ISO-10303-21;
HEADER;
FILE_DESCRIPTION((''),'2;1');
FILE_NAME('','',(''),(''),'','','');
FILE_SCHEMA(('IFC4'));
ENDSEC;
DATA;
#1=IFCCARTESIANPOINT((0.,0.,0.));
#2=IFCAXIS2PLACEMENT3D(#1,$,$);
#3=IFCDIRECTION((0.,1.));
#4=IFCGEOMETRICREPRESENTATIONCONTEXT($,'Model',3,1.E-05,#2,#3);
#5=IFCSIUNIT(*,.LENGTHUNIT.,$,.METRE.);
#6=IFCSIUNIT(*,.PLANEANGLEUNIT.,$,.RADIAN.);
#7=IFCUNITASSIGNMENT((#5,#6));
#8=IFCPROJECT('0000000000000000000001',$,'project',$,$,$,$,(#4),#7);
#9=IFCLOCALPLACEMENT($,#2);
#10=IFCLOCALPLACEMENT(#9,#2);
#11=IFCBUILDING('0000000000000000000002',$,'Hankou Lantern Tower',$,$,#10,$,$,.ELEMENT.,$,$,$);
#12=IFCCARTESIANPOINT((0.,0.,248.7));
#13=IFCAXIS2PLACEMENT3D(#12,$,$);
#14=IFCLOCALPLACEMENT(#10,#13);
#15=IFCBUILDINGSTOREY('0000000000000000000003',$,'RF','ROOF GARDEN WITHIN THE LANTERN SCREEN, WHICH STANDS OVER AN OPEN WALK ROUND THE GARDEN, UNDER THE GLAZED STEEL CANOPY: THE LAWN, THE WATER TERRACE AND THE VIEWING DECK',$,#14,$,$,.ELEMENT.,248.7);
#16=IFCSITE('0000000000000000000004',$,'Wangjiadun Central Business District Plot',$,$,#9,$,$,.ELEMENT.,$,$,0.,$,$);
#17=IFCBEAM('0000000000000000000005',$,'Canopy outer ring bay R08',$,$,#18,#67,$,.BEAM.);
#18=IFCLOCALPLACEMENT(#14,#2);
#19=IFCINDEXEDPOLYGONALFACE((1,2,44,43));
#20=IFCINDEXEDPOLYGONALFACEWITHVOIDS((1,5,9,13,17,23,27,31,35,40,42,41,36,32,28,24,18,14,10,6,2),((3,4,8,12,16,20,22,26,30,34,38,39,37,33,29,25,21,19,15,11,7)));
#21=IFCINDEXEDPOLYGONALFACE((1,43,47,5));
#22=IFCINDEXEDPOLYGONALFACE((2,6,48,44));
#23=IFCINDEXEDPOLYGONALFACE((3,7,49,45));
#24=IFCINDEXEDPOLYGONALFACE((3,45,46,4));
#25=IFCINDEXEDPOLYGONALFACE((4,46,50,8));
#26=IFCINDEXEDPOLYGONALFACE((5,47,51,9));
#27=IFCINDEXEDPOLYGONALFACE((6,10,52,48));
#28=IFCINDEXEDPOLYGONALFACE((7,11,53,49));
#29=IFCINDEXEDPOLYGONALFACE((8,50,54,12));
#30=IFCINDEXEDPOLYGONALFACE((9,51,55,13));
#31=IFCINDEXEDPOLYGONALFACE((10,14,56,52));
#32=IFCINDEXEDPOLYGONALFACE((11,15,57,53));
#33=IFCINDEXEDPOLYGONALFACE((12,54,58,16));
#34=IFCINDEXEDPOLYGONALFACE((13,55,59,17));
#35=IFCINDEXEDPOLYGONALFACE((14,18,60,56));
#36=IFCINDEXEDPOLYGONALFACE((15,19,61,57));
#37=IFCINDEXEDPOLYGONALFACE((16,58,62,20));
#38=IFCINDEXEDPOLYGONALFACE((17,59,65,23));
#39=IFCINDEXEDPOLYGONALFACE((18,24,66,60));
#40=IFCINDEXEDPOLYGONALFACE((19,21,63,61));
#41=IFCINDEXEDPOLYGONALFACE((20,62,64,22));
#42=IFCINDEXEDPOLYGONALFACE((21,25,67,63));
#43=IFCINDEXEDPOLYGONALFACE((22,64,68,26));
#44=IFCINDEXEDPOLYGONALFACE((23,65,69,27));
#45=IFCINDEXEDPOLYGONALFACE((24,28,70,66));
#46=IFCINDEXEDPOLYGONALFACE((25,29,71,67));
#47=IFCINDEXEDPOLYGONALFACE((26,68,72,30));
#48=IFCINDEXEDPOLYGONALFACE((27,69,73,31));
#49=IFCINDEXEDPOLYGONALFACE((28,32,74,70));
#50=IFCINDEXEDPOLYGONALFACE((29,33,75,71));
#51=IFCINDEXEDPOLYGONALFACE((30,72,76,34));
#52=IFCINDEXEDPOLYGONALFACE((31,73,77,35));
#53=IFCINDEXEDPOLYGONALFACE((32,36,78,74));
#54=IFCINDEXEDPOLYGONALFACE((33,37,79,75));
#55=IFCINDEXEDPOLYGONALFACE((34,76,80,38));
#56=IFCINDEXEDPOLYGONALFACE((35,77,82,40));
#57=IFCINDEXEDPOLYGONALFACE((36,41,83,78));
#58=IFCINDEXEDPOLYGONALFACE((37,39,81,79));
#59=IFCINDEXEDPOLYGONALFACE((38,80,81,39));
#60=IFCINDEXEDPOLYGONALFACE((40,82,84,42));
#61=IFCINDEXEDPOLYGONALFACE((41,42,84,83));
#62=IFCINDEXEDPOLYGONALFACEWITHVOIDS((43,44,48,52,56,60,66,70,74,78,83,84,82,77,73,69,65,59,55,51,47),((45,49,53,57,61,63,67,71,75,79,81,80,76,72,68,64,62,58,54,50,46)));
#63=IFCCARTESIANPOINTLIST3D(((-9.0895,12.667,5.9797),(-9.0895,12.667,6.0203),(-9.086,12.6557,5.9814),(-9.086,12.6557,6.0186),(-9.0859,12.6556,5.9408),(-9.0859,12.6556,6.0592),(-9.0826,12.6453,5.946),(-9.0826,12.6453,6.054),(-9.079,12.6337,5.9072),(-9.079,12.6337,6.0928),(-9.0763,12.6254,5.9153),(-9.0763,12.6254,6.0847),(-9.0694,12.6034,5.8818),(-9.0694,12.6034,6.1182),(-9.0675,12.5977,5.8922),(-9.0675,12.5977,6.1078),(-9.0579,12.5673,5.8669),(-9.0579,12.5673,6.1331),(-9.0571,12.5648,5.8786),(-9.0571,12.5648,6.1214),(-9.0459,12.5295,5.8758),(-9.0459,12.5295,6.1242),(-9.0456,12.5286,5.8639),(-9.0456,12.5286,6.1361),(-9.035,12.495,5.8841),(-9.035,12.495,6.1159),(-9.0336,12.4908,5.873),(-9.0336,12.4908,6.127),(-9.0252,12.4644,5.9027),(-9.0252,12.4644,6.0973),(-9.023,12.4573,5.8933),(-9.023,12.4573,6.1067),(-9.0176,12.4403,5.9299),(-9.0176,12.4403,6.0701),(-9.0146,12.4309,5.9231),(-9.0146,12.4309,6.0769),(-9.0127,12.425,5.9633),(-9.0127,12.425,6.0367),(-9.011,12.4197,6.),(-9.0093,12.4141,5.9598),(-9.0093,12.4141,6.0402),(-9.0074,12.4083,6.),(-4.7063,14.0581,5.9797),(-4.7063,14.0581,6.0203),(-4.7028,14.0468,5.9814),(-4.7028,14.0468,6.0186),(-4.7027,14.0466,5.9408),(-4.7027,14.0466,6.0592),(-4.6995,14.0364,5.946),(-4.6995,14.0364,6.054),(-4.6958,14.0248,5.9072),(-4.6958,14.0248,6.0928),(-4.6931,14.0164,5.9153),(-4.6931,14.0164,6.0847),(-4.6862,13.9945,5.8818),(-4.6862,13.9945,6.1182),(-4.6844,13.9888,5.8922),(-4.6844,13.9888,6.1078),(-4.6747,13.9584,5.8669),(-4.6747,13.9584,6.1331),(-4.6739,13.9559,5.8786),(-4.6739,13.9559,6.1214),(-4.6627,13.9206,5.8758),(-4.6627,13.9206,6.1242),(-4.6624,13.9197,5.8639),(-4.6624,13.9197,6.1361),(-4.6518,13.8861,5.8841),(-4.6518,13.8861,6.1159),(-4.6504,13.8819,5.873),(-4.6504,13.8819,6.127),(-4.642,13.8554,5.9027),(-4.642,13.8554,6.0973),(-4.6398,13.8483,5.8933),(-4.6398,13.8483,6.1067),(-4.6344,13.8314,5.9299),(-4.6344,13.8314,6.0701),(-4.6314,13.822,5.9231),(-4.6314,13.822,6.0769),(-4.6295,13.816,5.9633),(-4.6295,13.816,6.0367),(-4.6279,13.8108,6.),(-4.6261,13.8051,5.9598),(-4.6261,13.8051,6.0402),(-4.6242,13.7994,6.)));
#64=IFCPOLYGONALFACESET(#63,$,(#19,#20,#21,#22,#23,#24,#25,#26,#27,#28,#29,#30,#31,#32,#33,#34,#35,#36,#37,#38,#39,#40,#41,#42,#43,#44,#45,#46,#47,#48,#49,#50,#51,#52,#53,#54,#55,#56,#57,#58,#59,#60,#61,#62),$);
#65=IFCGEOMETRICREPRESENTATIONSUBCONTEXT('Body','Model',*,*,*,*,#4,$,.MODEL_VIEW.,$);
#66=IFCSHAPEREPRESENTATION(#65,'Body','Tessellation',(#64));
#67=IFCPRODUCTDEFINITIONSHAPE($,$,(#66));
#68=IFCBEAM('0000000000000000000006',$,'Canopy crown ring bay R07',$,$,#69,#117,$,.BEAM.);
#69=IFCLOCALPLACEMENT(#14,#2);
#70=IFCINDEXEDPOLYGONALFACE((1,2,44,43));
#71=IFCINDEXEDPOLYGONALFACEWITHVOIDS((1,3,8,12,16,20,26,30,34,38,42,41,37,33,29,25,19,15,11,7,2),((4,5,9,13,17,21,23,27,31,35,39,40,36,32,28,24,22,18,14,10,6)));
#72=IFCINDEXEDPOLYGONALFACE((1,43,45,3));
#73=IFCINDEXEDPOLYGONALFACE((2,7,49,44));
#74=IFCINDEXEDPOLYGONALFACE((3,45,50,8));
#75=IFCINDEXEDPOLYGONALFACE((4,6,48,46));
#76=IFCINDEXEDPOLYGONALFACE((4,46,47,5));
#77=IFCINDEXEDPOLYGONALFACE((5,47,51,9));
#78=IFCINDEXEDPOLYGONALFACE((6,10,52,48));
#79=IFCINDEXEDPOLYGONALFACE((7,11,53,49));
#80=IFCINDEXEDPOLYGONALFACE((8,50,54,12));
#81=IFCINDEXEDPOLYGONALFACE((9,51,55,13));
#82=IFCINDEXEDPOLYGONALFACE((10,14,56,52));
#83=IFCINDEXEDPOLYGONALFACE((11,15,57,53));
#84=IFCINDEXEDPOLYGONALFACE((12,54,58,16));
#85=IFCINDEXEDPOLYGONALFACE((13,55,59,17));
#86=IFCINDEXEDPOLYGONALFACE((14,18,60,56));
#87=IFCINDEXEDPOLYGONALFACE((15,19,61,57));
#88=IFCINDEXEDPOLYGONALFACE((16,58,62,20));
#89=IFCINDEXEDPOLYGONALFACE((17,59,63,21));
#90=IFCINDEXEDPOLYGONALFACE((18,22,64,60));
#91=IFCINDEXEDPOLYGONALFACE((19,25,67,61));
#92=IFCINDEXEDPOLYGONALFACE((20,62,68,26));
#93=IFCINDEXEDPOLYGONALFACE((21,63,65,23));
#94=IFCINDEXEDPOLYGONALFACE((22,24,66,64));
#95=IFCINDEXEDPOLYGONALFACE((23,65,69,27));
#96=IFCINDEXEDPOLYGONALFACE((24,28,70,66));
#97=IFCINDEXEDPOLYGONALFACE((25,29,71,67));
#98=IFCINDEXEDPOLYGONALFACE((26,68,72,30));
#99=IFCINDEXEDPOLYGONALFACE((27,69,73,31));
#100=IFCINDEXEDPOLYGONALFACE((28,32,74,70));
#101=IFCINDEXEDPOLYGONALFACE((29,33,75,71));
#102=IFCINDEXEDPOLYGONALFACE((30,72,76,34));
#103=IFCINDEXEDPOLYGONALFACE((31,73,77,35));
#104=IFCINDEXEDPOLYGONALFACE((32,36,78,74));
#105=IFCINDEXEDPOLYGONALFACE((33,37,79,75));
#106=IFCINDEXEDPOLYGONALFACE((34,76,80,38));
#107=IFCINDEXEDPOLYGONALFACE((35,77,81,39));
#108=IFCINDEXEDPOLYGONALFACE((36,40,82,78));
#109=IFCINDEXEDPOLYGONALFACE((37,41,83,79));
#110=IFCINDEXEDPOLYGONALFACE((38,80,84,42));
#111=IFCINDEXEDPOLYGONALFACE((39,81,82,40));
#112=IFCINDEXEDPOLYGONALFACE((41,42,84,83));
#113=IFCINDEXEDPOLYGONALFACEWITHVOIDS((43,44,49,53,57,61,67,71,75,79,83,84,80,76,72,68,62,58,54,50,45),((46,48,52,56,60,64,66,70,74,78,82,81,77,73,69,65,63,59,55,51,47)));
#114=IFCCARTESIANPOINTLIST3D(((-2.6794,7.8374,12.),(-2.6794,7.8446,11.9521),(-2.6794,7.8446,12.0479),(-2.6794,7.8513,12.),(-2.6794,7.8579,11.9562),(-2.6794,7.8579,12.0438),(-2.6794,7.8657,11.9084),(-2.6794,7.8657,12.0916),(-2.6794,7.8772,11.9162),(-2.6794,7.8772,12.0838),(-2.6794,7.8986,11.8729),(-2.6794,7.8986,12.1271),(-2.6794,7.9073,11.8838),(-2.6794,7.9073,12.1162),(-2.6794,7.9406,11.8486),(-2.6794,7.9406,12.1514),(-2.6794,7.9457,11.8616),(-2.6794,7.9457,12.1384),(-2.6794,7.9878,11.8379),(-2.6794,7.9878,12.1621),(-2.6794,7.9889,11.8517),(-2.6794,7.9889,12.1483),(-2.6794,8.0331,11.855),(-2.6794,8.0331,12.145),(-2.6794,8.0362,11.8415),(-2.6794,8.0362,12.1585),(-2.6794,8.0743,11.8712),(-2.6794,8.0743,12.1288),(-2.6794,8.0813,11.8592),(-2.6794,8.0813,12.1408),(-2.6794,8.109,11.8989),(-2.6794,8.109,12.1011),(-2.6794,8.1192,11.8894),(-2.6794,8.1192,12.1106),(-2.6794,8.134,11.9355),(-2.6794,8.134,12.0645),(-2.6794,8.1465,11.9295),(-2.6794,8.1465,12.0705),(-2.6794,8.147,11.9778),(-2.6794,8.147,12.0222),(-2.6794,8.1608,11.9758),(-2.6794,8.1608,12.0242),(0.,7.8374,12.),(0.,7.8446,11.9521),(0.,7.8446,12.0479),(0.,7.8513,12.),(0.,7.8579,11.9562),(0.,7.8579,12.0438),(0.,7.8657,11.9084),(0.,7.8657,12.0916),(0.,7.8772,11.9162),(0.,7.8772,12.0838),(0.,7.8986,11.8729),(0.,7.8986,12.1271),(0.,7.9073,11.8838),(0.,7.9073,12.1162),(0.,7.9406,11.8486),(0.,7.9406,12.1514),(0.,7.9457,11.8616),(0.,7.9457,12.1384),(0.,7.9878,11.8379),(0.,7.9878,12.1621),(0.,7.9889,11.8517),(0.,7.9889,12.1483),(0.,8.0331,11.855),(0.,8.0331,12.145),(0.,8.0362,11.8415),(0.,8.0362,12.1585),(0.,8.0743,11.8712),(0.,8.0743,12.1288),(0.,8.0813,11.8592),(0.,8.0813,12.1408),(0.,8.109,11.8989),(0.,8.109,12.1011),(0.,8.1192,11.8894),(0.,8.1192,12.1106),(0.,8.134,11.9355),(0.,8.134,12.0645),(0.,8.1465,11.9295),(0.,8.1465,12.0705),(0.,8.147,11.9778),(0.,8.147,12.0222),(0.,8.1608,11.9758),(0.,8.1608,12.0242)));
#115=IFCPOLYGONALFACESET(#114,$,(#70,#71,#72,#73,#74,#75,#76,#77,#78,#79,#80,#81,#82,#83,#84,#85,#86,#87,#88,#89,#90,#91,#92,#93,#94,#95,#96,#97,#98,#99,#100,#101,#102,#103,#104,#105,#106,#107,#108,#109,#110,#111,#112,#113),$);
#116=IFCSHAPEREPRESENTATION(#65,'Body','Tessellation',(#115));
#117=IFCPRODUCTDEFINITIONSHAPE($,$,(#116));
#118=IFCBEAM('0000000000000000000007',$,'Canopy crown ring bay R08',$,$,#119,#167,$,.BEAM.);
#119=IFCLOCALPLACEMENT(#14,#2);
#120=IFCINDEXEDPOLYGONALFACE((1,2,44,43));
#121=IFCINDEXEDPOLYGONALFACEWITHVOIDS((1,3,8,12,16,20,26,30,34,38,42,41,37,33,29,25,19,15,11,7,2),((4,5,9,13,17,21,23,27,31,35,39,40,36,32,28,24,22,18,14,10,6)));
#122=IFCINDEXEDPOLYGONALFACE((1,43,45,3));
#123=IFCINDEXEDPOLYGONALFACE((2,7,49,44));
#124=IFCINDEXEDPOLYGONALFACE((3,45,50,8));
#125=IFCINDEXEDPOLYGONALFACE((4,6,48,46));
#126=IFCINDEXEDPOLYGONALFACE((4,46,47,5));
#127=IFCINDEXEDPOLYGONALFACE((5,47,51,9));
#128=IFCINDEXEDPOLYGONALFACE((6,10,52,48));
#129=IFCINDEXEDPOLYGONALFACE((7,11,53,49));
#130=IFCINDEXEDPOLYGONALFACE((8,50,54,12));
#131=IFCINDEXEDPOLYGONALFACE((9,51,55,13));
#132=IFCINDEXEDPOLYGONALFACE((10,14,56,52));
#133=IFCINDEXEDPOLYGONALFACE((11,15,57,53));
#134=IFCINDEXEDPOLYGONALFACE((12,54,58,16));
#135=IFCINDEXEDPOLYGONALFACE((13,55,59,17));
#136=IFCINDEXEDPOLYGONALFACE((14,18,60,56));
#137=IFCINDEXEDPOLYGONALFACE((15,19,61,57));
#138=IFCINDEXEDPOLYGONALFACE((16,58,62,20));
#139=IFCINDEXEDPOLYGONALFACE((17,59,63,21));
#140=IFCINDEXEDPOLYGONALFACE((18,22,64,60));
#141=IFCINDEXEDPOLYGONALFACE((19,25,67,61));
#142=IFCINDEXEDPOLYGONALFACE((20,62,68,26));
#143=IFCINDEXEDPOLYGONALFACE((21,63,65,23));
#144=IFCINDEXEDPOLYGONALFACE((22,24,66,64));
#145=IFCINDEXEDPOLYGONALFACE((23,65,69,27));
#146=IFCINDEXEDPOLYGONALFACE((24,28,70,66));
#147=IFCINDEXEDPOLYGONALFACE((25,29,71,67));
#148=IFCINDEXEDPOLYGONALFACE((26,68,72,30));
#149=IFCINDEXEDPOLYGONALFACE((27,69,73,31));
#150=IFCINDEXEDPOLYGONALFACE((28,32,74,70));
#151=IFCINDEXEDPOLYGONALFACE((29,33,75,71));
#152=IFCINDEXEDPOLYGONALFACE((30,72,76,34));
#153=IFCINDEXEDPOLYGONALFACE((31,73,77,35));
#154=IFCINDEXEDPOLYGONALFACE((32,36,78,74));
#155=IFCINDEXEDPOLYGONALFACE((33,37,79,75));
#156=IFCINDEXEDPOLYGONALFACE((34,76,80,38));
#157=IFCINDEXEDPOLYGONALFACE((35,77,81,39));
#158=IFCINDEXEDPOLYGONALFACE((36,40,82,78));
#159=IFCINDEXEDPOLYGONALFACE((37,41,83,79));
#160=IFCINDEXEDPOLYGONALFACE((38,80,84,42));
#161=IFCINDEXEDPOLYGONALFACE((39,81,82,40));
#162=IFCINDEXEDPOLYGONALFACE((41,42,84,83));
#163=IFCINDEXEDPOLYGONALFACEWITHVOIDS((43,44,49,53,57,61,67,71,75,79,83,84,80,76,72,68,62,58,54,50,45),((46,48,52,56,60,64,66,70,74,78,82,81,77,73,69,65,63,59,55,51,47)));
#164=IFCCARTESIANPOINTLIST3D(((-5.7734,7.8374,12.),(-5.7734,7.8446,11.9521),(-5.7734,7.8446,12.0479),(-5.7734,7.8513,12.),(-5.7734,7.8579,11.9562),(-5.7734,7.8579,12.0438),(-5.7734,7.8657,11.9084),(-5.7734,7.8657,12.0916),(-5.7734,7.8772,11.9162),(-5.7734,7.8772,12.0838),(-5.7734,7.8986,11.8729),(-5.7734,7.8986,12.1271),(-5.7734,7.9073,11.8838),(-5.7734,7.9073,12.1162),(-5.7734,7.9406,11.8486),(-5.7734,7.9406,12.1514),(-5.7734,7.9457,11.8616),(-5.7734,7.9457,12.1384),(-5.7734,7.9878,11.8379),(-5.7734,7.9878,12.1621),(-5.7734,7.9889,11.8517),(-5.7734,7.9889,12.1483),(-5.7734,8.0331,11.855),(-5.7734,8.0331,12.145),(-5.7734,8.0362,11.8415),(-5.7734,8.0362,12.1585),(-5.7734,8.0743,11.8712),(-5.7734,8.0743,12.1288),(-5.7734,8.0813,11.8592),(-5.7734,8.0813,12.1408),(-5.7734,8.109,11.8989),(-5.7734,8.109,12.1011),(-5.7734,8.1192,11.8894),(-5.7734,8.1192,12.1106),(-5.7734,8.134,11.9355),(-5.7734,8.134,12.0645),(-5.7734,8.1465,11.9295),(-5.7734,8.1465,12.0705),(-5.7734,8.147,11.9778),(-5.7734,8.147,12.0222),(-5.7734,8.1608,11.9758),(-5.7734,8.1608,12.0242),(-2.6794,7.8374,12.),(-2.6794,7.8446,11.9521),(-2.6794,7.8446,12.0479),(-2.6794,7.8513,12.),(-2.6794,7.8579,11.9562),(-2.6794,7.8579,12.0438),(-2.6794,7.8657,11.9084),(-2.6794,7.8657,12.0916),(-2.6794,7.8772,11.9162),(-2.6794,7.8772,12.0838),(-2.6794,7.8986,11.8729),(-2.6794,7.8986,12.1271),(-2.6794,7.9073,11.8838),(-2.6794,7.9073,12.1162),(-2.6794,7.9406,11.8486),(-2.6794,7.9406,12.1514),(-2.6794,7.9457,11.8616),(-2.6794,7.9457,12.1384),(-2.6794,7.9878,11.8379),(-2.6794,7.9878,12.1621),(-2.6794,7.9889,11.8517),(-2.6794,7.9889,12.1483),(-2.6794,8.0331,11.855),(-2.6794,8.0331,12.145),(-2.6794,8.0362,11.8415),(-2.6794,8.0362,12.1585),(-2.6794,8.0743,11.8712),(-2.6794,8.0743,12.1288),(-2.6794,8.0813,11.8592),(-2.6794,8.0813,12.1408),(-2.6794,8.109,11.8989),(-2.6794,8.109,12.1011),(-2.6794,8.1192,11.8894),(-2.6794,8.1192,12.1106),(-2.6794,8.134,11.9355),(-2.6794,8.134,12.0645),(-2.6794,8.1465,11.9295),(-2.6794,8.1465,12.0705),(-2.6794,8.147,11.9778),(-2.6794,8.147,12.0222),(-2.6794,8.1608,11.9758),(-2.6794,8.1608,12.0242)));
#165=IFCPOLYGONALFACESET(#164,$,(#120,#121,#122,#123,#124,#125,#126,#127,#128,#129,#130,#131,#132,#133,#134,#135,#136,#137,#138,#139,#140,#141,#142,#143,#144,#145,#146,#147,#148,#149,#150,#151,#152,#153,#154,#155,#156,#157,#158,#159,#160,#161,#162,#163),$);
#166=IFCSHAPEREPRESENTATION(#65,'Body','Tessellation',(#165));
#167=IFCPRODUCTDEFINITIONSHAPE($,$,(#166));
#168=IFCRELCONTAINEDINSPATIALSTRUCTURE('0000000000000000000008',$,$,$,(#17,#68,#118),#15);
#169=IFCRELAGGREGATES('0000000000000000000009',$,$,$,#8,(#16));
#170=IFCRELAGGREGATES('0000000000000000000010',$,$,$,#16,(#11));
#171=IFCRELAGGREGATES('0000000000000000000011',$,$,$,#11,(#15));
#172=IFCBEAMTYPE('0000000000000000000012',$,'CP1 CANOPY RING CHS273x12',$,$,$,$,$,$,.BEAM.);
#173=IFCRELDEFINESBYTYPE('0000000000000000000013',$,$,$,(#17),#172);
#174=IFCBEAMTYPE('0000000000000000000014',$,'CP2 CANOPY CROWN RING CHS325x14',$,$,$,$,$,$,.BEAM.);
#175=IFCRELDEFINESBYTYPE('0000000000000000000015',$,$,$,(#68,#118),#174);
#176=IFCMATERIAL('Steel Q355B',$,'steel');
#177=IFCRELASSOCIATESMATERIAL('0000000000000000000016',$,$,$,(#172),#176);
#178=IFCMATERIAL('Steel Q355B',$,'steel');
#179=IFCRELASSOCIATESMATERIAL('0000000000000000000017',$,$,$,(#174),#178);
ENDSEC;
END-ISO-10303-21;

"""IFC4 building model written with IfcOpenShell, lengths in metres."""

from ifc_helpers import new_model, si_unit, direction, frame, origin, origin_2d, place, context, subcontext, project, spatial, hollow_circle, extrude, material, material_profile, profile_set, type_object, element, save


model = new_model("IFC4")

# Units and contexts
model_context = context("Model", 3, precision=1e-05, world=origin(), true_north=direction((0.0, 1.0)))
body_context = subcontext(model_context, "Body", "Model", "MODEL_VIEW")
ifc_project = project(units=[si_unit("LENGTHUNIT", "METRE"), si_unit("PLANEANGLEUNIT", "RADIAN")], contexts=[model_context])

# Site, building, storey
site_placement = place(None, origin())
site = spatial("IfcSite", under=ifc_project, at=site_placement, Name="Wangjiadun Central Business District Plot", CompositionType="ELEMENT", RefElevation=0.0)
building_placement = place(site_placement, origin())
building = spatial("IfcBuilding", under=site, at=building_placement, Name="Hankou Lantern Tower", CompositionType="ELEMENT")
storey_placement = place(building_placement, frame((0.0, 0.0, 248.7)))
storey = spatial("IfcBuildingStorey", under=building, at=storey_placement, Name="RF", Description="ROOF GARDEN WITHIN THE LANTERN SCREEN, WHICH STANDS OVER AN OPEN WALK ROUND THE GARDEN, UNDER THE GLAZED STEEL CANOPY: THE LAWN, THE WATER TERRACE AND THE VIEWING DECK", CompositionType="ELEMENT", Elevation=248.7)

# Beams
ifc_material_1 = material(Name="Steel Q355B", Category="steel")
ifc_material_profile_1 = material_profile(ifc_material_1, hollow_circle(Radius=0.1365, WallThickness=0.012, at=origin_2d()), Name="CHS273x12")
ifc_profile_set_1 = profile_set([ifc_material_profile_1], Name="Steel Q355B")
beam_type_1 = type_object("IfcBeamType", Name="CP1 CANOPY RING CHS273x12", PredefinedType="BEAM", material=ifc_profile_set_1)
beam_1_placement = place(storey_placement, frame((-4.6655, 13.9294, 6.0), z_axis=(-0.95315, -0.302498, 0.0), x_axis=(0.302498, -0.95315, 0.0)))
element("IfcBeam", 1, at=beam_1_placement, inside=storey, type_object=beam_type_1, Name="Canopy outer ring bay R08", PredefinedType="BEAM", context=body_context, shape_type="SweptSolid", body=[
    extrude(hollow_circle(Radius=0.1365, WallThickness=0.012, at=origin_2d()), origin(), (0.0, 0.0, 1.0), 4.5986),
])
ifc_material_2 = material(Name="Steel Q355B", Category="steel")
ifc_material_profile_2 = material_profile(ifc_material_2, hollow_circle(Radius=0.1626, WallThickness=0.0139, at=origin_2d()), Name="CHS325x14")
ifc_profile_set_2 = profile_set([ifc_material_profile_2], Name="Steel Q355B")
beam_type_2 = type_object("IfcBeamType", Name="CP2 CANOPY CROWN RING CHS325x14", PredefinedType="BEAM", material=ifc_profile_set_2)
beam_2_placement = place(storey_placement, frame((0.0, 8.0, 12.0), z_axis=(-1.0, 0.0, 0.0), x_axis=(0.0, -1.0, 0.0)))
element("IfcBeam", 2, at=beam_2_placement, inside=storey, type_object=beam_type_2, Name="Canopy crown ring bay R07", PredefinedType="BEAM", context=body_context, shape_type="SweptSolid", body=[
    extrude(hollow_circle(Radius=0.1626, WallThickness=0.0139, at=origin_2d()), origin(), (0.0, 0.0, 1.0), 2.6794),
])
beam_3_placement = place(storey_placement, frame((-2.6794, 8.0, 12.0), z_axis=(-1.0, 0.0, 0.0), x_axis=(0.0, -1.0, 0.0)))
element("IfcBeam", 3, at=beam_3_placement, inside=storey, type_object=beam_type_2, Name="Canopy crown ring bay R08", PredefinedType="BEAM", context=body_context, shape_type="SweptSolid", body=[
    extrude(hollow_circle(Radius=0.1626, WallThickness=0.0139, at=origin_2d()), origin(), (0.0, 0.0, 1.0), 3.094),
])

save(model, "model.ifc")
